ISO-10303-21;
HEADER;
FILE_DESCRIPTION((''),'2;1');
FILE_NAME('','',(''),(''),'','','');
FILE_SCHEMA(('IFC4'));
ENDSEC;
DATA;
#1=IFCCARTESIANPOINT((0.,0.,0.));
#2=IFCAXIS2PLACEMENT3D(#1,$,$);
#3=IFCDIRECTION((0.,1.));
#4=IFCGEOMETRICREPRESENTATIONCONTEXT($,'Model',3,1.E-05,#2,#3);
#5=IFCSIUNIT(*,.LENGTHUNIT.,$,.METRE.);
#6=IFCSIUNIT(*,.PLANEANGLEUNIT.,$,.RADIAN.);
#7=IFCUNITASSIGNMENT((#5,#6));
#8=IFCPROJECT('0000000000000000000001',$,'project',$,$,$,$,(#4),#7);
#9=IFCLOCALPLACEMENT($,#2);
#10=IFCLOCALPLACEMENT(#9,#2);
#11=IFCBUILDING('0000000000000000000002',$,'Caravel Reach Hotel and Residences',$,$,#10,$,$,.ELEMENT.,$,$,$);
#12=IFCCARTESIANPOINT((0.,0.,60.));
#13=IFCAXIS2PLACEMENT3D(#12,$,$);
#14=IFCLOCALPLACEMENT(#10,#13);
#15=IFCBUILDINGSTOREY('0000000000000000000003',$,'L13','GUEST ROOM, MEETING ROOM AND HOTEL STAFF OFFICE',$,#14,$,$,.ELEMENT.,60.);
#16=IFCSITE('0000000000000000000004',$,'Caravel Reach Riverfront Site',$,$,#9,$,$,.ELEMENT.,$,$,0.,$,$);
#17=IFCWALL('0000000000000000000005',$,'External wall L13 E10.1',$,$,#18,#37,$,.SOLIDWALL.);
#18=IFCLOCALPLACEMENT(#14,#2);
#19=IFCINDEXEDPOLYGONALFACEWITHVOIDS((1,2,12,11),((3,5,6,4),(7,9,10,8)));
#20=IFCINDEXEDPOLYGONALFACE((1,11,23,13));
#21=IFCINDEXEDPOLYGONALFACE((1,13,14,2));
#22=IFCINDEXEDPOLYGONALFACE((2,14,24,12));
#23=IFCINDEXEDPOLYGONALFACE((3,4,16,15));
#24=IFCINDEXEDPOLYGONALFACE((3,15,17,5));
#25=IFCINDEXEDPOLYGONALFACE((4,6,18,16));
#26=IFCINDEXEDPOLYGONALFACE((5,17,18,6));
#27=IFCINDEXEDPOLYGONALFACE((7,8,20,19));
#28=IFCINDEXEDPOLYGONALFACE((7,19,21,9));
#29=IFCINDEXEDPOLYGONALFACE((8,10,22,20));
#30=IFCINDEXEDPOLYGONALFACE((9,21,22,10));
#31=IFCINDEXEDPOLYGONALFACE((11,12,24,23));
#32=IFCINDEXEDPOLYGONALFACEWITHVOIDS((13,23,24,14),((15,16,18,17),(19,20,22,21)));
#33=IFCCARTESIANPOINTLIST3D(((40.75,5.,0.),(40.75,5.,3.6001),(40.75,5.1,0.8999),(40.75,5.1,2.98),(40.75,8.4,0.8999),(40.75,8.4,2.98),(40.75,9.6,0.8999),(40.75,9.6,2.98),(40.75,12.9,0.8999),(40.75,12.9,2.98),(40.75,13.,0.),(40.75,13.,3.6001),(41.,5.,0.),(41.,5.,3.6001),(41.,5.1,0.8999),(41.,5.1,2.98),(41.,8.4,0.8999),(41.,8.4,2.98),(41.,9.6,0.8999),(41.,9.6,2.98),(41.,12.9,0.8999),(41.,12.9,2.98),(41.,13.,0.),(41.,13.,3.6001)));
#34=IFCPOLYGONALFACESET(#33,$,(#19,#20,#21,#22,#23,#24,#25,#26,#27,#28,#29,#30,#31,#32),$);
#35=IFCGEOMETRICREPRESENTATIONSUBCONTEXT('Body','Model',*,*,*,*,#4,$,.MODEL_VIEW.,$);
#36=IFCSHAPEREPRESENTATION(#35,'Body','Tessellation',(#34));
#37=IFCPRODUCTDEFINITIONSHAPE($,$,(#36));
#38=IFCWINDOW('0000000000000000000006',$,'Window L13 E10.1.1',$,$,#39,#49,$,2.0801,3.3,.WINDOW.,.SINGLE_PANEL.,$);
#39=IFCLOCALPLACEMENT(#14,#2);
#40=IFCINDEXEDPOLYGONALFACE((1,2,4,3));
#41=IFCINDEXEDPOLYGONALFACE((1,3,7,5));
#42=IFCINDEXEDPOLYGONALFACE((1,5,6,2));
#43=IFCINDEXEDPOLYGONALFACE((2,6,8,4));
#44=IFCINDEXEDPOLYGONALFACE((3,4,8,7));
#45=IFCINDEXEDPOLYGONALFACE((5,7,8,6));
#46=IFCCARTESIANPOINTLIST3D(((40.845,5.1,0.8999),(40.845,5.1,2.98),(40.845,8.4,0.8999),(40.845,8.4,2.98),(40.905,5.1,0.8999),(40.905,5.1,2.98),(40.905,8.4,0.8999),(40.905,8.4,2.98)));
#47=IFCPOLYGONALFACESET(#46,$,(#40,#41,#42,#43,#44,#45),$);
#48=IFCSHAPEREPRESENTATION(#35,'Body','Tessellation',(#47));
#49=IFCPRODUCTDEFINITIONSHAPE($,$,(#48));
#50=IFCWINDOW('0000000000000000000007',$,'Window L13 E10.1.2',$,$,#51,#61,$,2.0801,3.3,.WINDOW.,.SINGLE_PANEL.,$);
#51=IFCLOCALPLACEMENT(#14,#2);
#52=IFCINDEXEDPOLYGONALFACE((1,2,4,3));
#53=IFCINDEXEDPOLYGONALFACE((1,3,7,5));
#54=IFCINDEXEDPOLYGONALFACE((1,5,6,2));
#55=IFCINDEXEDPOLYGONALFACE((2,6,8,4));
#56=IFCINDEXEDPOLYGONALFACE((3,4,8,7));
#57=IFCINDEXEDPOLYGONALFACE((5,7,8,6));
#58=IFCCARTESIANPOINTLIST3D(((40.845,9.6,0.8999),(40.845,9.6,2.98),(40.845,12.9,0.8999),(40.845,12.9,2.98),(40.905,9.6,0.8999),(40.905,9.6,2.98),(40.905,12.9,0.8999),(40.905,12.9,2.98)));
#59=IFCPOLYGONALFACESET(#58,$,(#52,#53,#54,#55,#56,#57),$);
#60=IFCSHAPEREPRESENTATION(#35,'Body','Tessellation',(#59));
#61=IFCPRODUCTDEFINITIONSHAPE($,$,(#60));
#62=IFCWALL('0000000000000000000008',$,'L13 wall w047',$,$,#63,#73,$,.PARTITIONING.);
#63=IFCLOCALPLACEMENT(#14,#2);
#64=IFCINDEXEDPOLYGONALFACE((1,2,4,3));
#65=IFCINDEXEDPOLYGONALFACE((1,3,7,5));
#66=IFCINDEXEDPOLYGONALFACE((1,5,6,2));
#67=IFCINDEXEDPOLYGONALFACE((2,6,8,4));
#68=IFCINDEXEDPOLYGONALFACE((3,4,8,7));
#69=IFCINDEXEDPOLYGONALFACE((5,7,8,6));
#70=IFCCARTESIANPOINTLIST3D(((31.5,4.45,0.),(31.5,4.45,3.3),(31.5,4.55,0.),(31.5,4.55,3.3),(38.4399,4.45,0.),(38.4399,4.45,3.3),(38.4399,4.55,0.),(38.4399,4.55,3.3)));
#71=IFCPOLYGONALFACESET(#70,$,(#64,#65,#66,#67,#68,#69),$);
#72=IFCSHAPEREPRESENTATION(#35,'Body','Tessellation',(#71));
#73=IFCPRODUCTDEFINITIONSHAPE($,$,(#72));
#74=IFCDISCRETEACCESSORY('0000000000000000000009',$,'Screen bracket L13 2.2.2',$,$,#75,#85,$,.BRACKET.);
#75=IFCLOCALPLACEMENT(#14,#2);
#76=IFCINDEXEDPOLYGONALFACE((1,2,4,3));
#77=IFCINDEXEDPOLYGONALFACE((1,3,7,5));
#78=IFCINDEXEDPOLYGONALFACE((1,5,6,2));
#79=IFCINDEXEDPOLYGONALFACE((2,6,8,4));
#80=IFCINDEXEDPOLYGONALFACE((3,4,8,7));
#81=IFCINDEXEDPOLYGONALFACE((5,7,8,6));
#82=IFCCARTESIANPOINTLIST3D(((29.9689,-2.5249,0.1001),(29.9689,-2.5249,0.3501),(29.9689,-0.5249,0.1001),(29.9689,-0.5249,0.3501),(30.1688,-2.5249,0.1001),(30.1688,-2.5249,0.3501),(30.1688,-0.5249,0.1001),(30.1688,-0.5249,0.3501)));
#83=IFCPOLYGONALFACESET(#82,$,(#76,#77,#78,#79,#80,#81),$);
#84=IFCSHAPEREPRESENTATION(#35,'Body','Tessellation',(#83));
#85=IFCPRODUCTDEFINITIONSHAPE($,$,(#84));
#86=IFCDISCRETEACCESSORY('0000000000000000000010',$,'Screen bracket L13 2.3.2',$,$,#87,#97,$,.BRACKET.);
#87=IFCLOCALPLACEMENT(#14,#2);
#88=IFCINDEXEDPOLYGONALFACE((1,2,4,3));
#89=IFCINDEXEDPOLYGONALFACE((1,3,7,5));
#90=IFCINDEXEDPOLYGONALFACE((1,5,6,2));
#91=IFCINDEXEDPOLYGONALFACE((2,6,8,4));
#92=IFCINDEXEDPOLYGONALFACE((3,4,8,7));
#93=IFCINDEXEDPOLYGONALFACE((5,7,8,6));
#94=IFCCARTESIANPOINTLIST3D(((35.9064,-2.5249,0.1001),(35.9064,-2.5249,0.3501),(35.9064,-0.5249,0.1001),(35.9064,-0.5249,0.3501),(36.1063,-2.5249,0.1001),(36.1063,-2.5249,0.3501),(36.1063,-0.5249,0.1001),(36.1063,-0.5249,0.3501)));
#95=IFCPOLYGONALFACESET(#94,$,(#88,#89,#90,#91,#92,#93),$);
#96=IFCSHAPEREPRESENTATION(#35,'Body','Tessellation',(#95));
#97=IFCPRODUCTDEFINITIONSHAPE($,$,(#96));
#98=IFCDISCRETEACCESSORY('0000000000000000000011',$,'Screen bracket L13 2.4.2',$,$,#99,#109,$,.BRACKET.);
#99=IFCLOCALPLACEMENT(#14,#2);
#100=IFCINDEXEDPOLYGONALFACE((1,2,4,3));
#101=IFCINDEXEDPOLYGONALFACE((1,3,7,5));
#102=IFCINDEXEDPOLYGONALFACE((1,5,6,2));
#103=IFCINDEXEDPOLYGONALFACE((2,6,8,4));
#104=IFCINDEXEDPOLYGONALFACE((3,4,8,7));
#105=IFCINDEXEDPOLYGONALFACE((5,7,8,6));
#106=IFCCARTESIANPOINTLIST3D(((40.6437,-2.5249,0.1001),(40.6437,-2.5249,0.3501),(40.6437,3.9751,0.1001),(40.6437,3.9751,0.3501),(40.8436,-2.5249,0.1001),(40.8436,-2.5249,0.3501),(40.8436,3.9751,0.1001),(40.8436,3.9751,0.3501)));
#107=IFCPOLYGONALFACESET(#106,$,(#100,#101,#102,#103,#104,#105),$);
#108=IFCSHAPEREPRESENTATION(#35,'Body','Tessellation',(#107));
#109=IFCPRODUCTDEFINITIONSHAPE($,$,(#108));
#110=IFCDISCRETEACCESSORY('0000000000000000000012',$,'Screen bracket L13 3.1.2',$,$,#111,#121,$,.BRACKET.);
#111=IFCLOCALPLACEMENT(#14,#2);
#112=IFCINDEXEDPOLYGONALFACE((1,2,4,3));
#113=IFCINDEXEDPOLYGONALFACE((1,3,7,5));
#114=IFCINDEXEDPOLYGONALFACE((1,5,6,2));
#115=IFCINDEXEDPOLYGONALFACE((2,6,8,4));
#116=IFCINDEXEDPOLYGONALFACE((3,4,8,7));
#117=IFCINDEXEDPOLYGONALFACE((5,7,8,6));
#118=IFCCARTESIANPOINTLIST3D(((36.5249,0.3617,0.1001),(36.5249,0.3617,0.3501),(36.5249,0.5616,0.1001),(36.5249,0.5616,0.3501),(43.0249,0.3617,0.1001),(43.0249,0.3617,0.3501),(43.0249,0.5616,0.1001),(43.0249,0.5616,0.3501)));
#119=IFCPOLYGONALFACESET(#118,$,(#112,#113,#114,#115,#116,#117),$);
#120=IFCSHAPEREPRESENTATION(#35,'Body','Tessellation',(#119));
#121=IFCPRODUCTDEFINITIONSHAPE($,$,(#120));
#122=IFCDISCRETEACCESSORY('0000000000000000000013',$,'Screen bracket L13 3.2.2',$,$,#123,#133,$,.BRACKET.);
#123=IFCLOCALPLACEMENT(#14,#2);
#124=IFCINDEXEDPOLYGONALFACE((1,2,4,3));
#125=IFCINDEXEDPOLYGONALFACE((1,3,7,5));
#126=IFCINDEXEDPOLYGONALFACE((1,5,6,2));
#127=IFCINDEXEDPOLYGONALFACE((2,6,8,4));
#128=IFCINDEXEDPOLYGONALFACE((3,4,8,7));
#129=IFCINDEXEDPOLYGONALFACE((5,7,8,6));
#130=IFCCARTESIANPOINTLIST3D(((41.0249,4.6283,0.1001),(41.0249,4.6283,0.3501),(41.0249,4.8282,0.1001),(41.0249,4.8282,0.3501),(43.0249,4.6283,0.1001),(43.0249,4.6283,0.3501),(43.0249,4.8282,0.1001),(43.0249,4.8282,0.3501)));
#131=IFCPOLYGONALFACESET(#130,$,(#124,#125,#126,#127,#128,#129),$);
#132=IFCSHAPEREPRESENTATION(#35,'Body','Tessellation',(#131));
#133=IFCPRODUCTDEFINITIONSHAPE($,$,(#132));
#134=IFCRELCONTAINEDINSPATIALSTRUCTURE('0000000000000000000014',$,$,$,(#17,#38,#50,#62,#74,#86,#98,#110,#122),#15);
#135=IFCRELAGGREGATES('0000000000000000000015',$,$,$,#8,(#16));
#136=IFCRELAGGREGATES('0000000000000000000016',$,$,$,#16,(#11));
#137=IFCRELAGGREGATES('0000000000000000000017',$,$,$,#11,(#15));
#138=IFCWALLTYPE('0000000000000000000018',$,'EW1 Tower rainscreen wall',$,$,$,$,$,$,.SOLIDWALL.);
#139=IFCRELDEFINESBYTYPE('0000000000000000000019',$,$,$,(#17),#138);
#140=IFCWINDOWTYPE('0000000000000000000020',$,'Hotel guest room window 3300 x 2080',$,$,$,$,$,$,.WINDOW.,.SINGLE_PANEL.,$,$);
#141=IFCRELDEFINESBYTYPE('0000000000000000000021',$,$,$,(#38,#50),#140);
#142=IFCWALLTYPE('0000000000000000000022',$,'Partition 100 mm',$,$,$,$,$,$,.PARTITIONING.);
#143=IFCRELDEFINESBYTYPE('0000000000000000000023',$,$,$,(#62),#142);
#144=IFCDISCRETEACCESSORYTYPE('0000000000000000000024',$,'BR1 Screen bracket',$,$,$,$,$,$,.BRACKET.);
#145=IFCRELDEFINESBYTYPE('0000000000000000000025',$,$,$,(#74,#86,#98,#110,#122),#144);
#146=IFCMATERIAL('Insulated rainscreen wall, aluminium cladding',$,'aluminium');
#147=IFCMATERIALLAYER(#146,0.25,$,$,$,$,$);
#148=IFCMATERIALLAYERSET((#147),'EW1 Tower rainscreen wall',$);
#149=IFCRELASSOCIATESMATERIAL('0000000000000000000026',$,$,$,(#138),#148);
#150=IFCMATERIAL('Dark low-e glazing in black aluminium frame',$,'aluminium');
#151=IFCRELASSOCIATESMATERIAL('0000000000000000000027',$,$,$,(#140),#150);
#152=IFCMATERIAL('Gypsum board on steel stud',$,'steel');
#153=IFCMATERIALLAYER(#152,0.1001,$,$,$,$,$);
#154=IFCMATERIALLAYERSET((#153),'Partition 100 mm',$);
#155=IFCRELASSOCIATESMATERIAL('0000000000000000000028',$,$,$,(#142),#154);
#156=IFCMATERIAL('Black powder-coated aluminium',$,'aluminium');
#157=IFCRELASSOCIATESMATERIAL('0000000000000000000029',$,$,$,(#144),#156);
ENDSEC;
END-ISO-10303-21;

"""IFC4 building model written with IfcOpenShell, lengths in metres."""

from ifc_helpers import new_model, si_unit, direction, frame, frame_2d, origin, origin_2d, place, context, subcontext, project, spatial, rectangle, extrude, material, layer, layer_set, type_object, element, fill, save


model = new_model("IFC4")

# Units and contexts
model_context = context("Model", 3, precision=1e-05, world=origin(), true_north=direction((0.0, 1.0)))
body_context = subcontext(model_context, "Body", "Model", "MODEL_VIEW")
ifc_project = project(units=[si_unit("LENGTHUNIT", "METRE"), si_unit("PLANEANGLEUNIT", "RADIAN")], contexts=[model_context])

# Site, building, storey
site_placement = place(None, origin())
site = spatial("IfcSite", under=ifc_project, at=site_placement, Name="Caravel Reach Riverfront Site", CompositionType="ELEMENT", RefElevation=0.0)
building_placement = place(site_placement, origin())
building = spatial("IfcBuilding", under=site, at=building_placement, Name="Caravel Reach Hotel and Residences", CompositionType="ELEMENT")
storey_placement = place(building_placement, frame((0.0, 0.0, 60.0)))
storey = spatial("IfcBuildingStorey", under=building, at=storey_placement, Name="L13", Description="GUEST ROOM, MEETING ROOM AND HOTEL STAFF OFFICE", CompositionType="ELEMENT", Elevation=60.0)

# Shared definitions
ifc_material_1 = material(Name="Insulated rainscreen wall, aluminium cladding", Category="aluminium")
ifc_layer_1 = layer(ifc_material_1, 0.25)
ifc_layer_set_1 = layer_set([ifc_layer_1], Name="EW1 Tower rainscreen wall")
wall_type_1 = type_object("IfcWallType", Name="EW1 Tower rainscreen wall", PredefinedType="SOLIDWALL", material=ifc_layer_set_1)

# Wall, openings, windows
wall_1_placement = place(storey_placement, frame((40.875, 5.0, 0.0), z_axis=(0.0, 0.0, 1.0), x_axis=(0.0, 1.0, 0.0)))
wall_1 = element("IfcWall", 1, at=wall_1_placement, inside=storey, type_object=wall_type_1, Name="External wall L13 E10.1", PredefinedType="SOLIDWALL", context=body_context, shape_type="SweptSolid", body=[
    extrude(rectangle(XDim=8.0, YDim=0.25, at=frame_2d((4.0, 0.0))), origin(), (0.0, 0.0, 1.0), 3.6001),
])
opening_1_placement = place(wall_1_placement, frame((0.1001, 0.0, 0.8999)))
opening_1 = element("IfcOpeningElement", 2, at=opening_1_placement, cuts=wall_1, PredefinedType="OPENING", context=body_context, shape_type="SweptSolid", body=[
    extrude(rectangle(XDim=3.3, YDim=2.0801, at=frame_2d((1.6499, 1.04))), frame((0.0, 0.135, 0.0), z_axis=(0.0, -1.0, 0.0), x_axis=(1.0, 0.0, 0.0)), (0.0, 0.0, 1.0), 0.27),
])
opening_2_placement = place(wall_1_placement, frame((4.6001, 0.0, 0.8999)))
opening_2 = element("IfcOpeningElement", 3, at=opening_2_placement, cuts=wall_1, PredefinedType="OPENING", context=body_context, shape_type="SweptSolid", body=[
    extrude(rectangle(XDim=3.3, YDim=2.0801, at=frame_2d((1.6499, 1.04))), frame((0.0, 0.135, 0.0), z_axis=(0.0, -1.0, 0.0), x_axis=(1.0, 0.0, 0.0)), (0.0, 0.0, 1.0), 0.27),
])
ifc_material_2 = material(Name="Dark low-e glazing in black aluminium frame", Category="aluminium")
window_type_1 = type_object("IfcWindowType", Name="Hotel guest room window 3300 x 2080", PartitioningType="SINGLE_PANEL", PredefinedType="WINDOW", material=ifc_material_2)
window_1_placement = place(opening_1_placement, origin())
window_1 = element("IfcWindow", 4, at=window_1_placement, inside=storey, type_object=window_type_1, Name="Window L13 E10.1.1", OverallHeight=2.0801, OverallWidth=3.3, PartitioningType="SINGLE_PANEL", PredefinedType="WINDOW", context=body_context, shape_type="SweptSolid", body=[
    extrude(rectangle(XDim=3.3, YDim=2.0801, at=frame_2d((1.6499, 1.04))), frame((0.0, 0.03, 0.0), z_axis=(0.0, -1.0, 0.0), x_axis=(1.0, 0.0, 0.0)), (0.0, 0.0, 1.0), 0.0601),
])
fill(opening_1, window_1)
window_2_placement = place(opening_2_placement, origin())
window_2 = element("IfcWindow", 5, at=window_2_placement, inside=storey, type_object=window_type_1, Name="Window L13 E10.1.2", OverallHeight=2.0801, OverallWidth=3.3, PartitioningType="SINGLE_PANEL", PredefinedType="WINDOW", context=body_context, shape_type="SweptSolid", body=[
    extrude(rectangle(XDim=3.3, YDim=2.0801, at=frame_2d((1.6499, 1.04))), frame((0.0, 0.03, 0.0), z_axis=(0.0, -1.0, 0.0), x_axis=(1.0, 0.0, 0.0)), (0.0, 0.0, 1.0), 0.0601),
])
fill(opening_2, window_2)

# Wall
ifc_material_3 = material(Name="Gypsum board on steel stud", Category="steel")
ifc_layer_2 = layer(ifc_material_3, 0.1001)
ifc_layer_set_2 = layer_set([ifc_layer_2], Name="Partition 100 mm")
wall_type_2 = type_object("IfcWallType", Name="Partition 100 mm", PredefinedType="PARTITIONING", material=ifc_layer_set_2)
wall_2_placement = place(storey_placement, frame((31.5, 4.5, 0.0), z_axis=(0.0, 0.0, 1.0), x_axis=(1.0, 0.0, 0.0)))
element("IfcWall", 6, at=wall_2_placement, inside=storey, type_object=wall_type_2, Name="L13 wall w047", PredefinedType="PARTITIONING", context=body_context, shape_type="SweptSolid", body=[
    extrude(rectangle(XDim=6.9399, YDim=0.1001, at=frame_2d((3.47, 0.0))), origin(), (0.0, 0.0, 1.0), 3.3),
])

# Discrete accessories
ifc_material_4 = material(Name="Black powder-coated aluminium", Category="aluminium")
discrete_accessory_type = type_object("IfcDiscreteAccessoryType", Name="BR1 Screen bracket", PredefinedType="BRACKET", material=ifc_material_4)
for number, where, z_axis, x_axis, name in (
    (7, (30.0688, -1.5249, 0.1001), (0.0, 0.0, 1.0), (0.0, -1.0, 0.0), "Screen bracket L13 2.2.2"),
    (8, (36.0063, -1.5249, 0.1001), (0.0, 0.0, 1.0), (0.0, -1.0, 0.0), "Screen bracket L13 2.3.2"),
):
    element("IfcDiscreteAccessory", number, at=place(storey_placement, frame(where, z_axis=z_axis, x_axis=x_axis)), inside=storey, type_object=discrete_accessory_type, Name=name, PredefinedType="BRACKET", context=body_context, shape_type="SweptSolid", body=[
        extrude(rectangle(XDim=2.0, YDim=0.2, at=origin_2d()), origin(), (0.0, 0.0, 1.0), 0.25),
    ])
for number, where, z_axis, x_axis, name in (
    (9, (40.7437, 0.7251, 0.1001), (0.0, 0.0, 1.0), (0.0, -1.0, 0.0), "Screen bracket L13 2.4.2"),
    (10, (39.7749, 0.4617, 0.1001), (0.0, 0.0, 1.0), (1.0, 0.0, 0.0), "Screen bracket L13 3.1.2"),
):
    element("IfcDiscreteAccessory", number, at=place(storey_placement, frame(where, z_axis=z_axis, x_axis=x_axis)), inside=storey, type_object=discrete_accessory_type, Name=name, PredefinedType="BRACKET", context=body_context, shape_type="SweptSolid", body=[
        extrude(rectangle(XDim=6.5, YDim=0.2, at=origin_2d()), origin(), (0.0, 0.0, 1.0), 0.25),
    ])
discrete_accessory_placement = place(storey_placement, frame((42.0249, 4.7283, 0.1001), z_axis=(0.0, 0.0, 1.0), x_axis=(1.0, 0.0, 0.0)))
element("IfcDiscreteAccessory", 11, at=discrete_accessory_placement, inside=storey, type_object=discrete_accessory_type, Name="Screen bracket L13 3.2.2", PredefinedType="BRACKET", context=body_context, shape_type="SweptSolid", body=[
    extrude(rectangle(XDim=2.0, YDim=0.2, at=origin_2d()), origin(), (0.0, 0.0, 1.0), 0.25),
])

save(model, "model.ifc")
